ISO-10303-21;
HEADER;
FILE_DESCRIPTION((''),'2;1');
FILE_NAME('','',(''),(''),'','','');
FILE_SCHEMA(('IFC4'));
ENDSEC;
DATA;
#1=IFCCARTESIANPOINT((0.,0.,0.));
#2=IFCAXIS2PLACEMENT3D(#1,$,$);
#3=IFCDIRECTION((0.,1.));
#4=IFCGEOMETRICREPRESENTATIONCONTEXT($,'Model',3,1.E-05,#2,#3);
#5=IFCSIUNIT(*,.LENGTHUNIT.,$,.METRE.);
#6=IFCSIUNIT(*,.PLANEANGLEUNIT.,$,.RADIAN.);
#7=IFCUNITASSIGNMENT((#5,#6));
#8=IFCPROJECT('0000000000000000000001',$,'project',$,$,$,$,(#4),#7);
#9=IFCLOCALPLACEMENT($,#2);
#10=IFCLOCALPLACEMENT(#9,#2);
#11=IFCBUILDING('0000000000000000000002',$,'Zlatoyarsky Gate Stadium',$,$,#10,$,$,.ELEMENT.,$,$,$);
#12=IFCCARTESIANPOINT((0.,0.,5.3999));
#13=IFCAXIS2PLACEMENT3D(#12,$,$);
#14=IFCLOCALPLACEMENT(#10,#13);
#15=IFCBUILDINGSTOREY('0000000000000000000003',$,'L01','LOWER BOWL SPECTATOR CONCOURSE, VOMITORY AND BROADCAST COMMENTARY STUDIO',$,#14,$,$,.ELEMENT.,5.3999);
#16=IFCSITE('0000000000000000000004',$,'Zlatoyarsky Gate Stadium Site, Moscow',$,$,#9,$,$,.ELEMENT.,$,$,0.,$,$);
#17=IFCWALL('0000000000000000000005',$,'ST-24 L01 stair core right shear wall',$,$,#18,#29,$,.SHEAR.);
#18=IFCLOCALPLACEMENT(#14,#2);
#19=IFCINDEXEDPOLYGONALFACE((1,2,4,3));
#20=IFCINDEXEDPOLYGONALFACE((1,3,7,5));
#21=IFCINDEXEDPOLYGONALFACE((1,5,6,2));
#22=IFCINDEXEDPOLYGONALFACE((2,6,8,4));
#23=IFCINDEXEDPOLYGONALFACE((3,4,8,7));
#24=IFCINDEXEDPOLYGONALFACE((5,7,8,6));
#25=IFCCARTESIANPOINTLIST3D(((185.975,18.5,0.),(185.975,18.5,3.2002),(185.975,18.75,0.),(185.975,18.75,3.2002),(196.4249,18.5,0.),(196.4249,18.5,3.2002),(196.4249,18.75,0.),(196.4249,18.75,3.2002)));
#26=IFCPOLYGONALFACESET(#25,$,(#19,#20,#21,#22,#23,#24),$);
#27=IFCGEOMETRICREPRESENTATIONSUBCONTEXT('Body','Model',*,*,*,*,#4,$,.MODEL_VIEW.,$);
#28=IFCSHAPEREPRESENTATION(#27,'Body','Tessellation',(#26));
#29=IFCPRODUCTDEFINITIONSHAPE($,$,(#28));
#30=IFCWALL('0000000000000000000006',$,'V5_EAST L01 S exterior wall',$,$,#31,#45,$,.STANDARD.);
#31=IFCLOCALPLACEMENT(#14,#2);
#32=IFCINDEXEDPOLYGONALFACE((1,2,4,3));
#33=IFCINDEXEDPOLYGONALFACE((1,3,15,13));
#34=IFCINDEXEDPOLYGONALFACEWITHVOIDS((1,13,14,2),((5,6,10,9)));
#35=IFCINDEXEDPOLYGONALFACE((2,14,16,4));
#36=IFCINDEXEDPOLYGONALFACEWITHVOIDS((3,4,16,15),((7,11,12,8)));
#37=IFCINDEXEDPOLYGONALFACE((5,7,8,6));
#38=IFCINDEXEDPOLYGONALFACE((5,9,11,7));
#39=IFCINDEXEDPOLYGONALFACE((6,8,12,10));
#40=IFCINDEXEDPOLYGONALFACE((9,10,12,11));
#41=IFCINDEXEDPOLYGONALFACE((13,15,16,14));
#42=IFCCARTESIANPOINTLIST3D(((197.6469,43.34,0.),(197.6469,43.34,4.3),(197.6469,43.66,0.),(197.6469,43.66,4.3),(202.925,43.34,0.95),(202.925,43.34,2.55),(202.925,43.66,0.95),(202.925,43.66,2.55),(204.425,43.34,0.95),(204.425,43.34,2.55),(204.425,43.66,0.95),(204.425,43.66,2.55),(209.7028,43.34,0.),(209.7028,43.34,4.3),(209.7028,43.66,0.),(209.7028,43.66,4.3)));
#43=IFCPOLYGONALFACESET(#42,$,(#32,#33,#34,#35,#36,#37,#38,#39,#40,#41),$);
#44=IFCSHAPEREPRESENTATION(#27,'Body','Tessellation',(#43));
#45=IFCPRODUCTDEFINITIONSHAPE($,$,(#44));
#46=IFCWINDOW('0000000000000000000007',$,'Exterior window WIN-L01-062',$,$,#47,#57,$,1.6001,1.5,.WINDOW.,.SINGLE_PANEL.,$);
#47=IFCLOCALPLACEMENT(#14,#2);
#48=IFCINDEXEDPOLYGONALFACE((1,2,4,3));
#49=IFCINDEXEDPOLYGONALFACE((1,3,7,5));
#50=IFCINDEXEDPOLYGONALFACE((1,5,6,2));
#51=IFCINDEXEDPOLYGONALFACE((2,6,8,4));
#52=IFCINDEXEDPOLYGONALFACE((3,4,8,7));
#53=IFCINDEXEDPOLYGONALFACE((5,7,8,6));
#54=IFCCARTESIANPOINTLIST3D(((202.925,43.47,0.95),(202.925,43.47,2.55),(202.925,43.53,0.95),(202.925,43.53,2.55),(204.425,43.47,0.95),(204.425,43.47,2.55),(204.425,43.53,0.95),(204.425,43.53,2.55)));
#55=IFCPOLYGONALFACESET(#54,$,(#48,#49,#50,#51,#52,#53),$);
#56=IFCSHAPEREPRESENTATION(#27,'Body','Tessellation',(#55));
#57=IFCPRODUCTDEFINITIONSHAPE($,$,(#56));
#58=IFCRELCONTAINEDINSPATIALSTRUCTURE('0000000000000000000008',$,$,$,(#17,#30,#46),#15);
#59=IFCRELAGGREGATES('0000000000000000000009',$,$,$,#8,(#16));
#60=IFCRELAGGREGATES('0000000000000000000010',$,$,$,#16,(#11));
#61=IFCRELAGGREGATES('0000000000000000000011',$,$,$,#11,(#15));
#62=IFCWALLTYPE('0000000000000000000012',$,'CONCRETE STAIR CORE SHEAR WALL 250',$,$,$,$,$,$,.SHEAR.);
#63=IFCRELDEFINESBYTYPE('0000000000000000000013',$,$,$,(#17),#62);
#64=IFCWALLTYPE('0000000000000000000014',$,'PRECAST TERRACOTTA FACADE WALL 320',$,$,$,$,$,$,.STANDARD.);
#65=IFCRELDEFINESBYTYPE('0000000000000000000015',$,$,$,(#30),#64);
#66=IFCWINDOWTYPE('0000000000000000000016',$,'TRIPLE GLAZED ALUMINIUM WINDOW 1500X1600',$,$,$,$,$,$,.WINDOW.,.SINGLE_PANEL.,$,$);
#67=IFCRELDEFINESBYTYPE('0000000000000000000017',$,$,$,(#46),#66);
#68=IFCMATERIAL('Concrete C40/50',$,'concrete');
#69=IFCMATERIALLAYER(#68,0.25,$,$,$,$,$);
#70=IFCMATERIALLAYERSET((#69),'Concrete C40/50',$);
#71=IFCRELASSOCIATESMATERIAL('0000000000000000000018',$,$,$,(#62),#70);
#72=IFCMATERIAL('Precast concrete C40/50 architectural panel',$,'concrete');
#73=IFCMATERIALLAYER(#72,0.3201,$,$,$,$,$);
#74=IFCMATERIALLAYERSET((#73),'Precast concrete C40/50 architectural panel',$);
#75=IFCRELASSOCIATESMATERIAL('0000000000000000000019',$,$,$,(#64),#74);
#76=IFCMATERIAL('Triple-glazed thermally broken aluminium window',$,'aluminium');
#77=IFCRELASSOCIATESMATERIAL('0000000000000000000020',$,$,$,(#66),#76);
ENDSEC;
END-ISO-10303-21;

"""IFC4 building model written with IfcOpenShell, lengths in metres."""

from ifc_helpers import new_model, si_unit, direction, frame, frame_2d, origin, place, context, subcontext, project, spatial, rectangle, extrude, material, layer, layer_set, type_object, element, fill, save


model = new_model("IFC4")

# Units and contexts
model_context = context("Model", 3, precision=1e-05, world=origin(), true_north=direction((0.0, 1.0)))
body_context = subcontext(model_context, "Body", "Model", "MODEL_VIEW")
ifc_project = project(units=[si_unit("LENGTHUNIT", "METRE"), si_unit("PLANEANGLEUNIT", "RADIAN")], contexts=[model_context])

# Site, building, storey
site_placement = place(None, origin())
site = spatial("IfcSite", under=ifc_project, at=site_placement, Name="Zlatoyarsky Gate Stadium Site, Moscow", CompositionType="ELEMENT", RefElevation=0.0)
building_placement = place(site_placement, origin())
building = spatial("IfcBuilding", under=site, at=building_placement, Name="Zlatoyarsky Gate Stadium", CompositionType="ELEMENT")
storey_placement = place(building_placement, frame((0.0, 0.0, 5.3999)))
storey = spatial("IfcBuildingStorey", under=building, at=storey_placement, Name="L01", Description="LOWER BOWL SPECTATOR CONCOURSE, VOMITORY AND BROADCAST COMMENTARY STUDIO", CompositionType="ELEMENT", Elevation=5.3999)

# Shared definitions
ifc_material_1 = material(Name="Concrete C40/50", Category="concrete")

# Wall
ifc_layer_1 = layer(ifc_material_1, 0.25)
ifc_layer_set_1 = layer_set([ifc_layer_1], Name="Concrete C40/50")
wall_type_1 = type_object("IfcWallType", Name="CONCRETE STAIR CORE SHEAR WALL 250", PredefinedType="SHEAR", material=ifc_layer_set_1)
wall_1_placement = place(storey_placement, frame((196.425, 18.625, 0.0), z_axis=(0.0, 0.0, 1.0), x_axis=(-1.0, 0.0, 0.0)))
element("IfcWall", 1, at=wall_1_placement, inside=storey, type_object=wall_type_1, Name="ST-24 L01 stair core right shear wall", PredefinedType="SHEAR", context=body_context, shape_type="SweptSolid", body=[
    extrude(rectangle(XDim=10.45, YDim=0.25, at=frame_2d((5.2251, 0.0))), origin(), (0.0, 0.0, 1.0), 3.2002),
])

# Wall, opening, window
ifc_material_2 = material(Name="Precast concrete C40/50 architectural panel", Category="concrete")
ifc_layer_2 = layer(ifc_material_2, 0.3201)
ifc_layer_set_2 = layer_set([ifc_layer_2], Name="Precast concrete C40/50 architectural panel")
wall_type_2 = type_object("IfcWallType", Name="PRECAST TERRACOTTA FACADE WALL 320", PredefinedType="STANDARD", material=ifc_layer_set_2)
wall_2_placement = place(storey_placement, frame((197.647, 43.5, 0.0), z_axis=(0.0, 0.0, 1.0), x_axis=(1.0, 0.0, 0.0)))
wall_2 = element("IfcWall", 2, at=wall_2_placement, inside=storey, type_object=wall_type_2, Name="V5_EAST L01 S exterior wall", PredefinedType="STANDARD", context=body_context, shape_type="SweptSolid", body=[
    extrude(rectangle(XDim=12.0559, YDim=0.3201, at=frame_2d((6.0278, 0.0))), origin(), (0.0, 0.0, 1.0), 4.3),
])
opening_placement = place(wall_2_placement, frame((5.2781, 0.0, 0.95)))
opening = element("IfcOpeningElement", 3, at=opening_placement, cuts=wall_2, PredefinedType="OPENING", context=body_context, shape_type="SweptSolid", body=[
    extrude(rectangle(XDim=1.5, YDim=1.6001, at=frame_2d((0.75, 0.8))), frame((0.0, 0.1699, 0.0), z_axis=(0.0, -1.0, 0.0), x_axis=(1.0, 0.0, 0.0)), (0.0, 0.0, 1.0), 0.3401),
])
ifc_material_3 = material(Name="Triple-glazed thermally broken aluminium window", Category="aluminium")
window_type = type_object("IfcWindowType", Name="TRIPLE GLAZED ALUMINIUM WINDOW 1500X1600", PartitioningType="SINGLE_PANEL", PredefinedType="WINDOW", material=ifc_material_3)
window_placement = place(opening_placement, origin())
window = element("IfcWindow", 4, at=window_placement, inside=storey, type_object=window_type, Name="Exterior window WIN-L01-062", OverallHeight=1.6001, OverallWidth=1.5, PartitioningType="SINGLE_PANEL", PredefinedType="WINDOW", context=body_context, shape_type="SweptSolid", body=[
    extrude(rectangle(XDim=1.5, YDim=1.6001, at=frame_2d((0.75, 0.8))), frame((0.0, 0.03, 0.0), z_axis=(0.0, -1.0, 0.0), x_axis=(1.0, 0.0, 0.0)), (0.0, 0.0, 1.0), 0.0601),
])
fill(opening, window)

save(model, "model.ifc")
